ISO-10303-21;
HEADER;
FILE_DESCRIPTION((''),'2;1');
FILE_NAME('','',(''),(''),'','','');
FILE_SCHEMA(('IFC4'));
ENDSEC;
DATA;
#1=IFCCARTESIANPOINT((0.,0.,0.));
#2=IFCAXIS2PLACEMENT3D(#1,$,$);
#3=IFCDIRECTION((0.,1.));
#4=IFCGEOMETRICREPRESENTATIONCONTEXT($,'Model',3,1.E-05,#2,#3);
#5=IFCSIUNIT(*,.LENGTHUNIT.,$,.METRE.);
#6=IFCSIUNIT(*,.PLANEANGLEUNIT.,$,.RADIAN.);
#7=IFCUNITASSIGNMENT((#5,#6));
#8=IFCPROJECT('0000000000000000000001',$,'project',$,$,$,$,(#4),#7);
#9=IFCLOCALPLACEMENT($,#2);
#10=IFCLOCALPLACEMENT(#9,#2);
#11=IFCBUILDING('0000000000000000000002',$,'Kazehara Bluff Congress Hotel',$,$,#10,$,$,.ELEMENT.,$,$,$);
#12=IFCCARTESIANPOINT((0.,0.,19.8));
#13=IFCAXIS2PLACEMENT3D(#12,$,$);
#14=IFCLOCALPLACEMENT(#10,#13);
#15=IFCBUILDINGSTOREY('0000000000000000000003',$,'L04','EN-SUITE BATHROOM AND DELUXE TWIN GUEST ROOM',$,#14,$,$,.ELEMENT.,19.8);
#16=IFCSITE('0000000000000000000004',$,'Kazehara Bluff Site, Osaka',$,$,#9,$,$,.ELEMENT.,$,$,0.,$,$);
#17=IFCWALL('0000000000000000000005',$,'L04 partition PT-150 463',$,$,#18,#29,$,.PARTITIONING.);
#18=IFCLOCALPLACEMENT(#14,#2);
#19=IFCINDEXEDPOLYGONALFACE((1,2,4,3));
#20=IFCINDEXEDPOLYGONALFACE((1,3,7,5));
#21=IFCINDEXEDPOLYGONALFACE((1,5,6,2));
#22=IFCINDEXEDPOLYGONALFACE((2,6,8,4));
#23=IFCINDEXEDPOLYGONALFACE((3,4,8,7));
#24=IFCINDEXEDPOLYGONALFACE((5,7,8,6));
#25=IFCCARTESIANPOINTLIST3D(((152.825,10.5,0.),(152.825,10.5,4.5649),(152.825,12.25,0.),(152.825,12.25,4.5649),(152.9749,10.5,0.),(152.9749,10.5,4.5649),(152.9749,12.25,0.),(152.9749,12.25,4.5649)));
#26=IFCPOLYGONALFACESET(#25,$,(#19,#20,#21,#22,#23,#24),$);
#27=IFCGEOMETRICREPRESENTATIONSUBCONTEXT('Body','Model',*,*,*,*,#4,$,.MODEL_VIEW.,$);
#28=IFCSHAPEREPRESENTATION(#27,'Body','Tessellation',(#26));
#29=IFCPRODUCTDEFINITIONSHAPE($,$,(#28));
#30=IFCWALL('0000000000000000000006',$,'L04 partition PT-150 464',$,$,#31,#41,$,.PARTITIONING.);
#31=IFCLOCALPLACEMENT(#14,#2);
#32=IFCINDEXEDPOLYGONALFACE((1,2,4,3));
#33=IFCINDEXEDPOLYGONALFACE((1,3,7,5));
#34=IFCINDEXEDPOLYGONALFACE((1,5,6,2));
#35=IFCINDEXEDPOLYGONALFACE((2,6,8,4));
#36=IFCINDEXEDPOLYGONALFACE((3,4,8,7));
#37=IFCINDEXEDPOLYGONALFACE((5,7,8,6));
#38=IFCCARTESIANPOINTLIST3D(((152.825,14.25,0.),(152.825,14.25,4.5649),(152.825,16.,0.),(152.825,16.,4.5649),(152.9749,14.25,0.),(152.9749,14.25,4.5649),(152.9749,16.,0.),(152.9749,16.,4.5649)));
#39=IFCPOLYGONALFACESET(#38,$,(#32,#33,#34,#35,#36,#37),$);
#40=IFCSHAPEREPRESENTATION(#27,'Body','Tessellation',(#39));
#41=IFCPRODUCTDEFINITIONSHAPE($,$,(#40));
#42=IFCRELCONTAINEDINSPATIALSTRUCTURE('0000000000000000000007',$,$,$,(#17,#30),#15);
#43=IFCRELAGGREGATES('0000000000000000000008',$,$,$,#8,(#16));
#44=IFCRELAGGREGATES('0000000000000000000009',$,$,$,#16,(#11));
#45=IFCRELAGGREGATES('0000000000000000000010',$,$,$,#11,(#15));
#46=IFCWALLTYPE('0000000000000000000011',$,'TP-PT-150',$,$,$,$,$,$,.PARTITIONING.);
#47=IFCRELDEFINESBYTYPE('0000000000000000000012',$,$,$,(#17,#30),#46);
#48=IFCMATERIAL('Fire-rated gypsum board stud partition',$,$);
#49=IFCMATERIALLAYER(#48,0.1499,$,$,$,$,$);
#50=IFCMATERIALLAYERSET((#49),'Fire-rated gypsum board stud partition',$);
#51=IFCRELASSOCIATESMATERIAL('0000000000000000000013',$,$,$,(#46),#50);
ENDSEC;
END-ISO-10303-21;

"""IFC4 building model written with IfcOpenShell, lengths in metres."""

from ifc_helpers import new_model, si_unit, direction, frame, frame_2d, origin, place, context, subcontext, project, spatial, rectangle, extrude, material, layer, layer_set, type_object, element, save


model = new_model("IFC4")

# Units and contexts
model_context = context("Model", 3, precision=1e-05, world=origin(), true_north=direction((0.0, 1.0)))
body_context = subcontext(model_context, "Body", "Model", "MODEL_VIEW")
ifc_project = project(units=[si_unit("LENGTHUNIT", "METRE"), si_unit("PLANEANGLEUNIT", "RADIAN")], contexts=[model_context])

# Site, building, storey
site_placement = place(None, origin())
site = spatial("IfcSite", under=ifc_project, at=site_placement, Name="Kazehara Bluff Site, Osaka", CompositionType="ELEMENT", RefElevation=0.0)
building_placement = place(site_placement, origin())
building = spatial("IfcBuilding", under=site, at=building_placement, Name="Kazehara Bluff Congress Hotel", CompositionType="ELEMENT")
storey_placement = place(building_placement, frame((0.0, 0.0, 19.8)))
storey = spatial("IfcBuildingStorey", under=building, at=storey_placement, Name="L04", Description="EN-SUITE BATHROOM AND DELUXE TWIN GUEST ROOM", CompositionType="ELEMENT", Elevation=19.8)

# Shared definitions
ifc_material_1 = material(Name="Fire-rated gypsum board stud partition")
ifc_layer = layer(ifc_material_1, 0.1499)
ifc_layer_set = layer_set([ifc_layer], Name="Fire-rated gypsum board stud partition")
wall_type = type_object("IfcWallType", Name="TP-PT-150", PredefinedType="PARTITIONING", material=ifc_layer_set)

# Walls
for number, where, z_axis, x_axis, name in (
    (1, (152.8999, 10.5, 0.0), (0.0, 0.0, 1.0), (0.0, 1.0, 0.0), "L04 partition PT-150 463"),
    (2, (152.8999, 14.25, 0.0), (0.0, 0.0, 1.0), (0.0, 1.0, 0.0), "L04 partition PT-150 464"),
):
    element("IfcWall", number, at=place(storey_placement, frame(where, z_axis=z_axis, x_axis=x_axis)), inside=storey, type_object=wall_type, Name=name, PredefinedType="PARTITIONING", context=body_context, shape_type="SweptSolid", body=[
        extrude(rectangle(XDim=1.75, YDim=0.1499, at=frame_2d((0.875, 0.0))), origin(), (0.0, 0.0, 1.0), 4.5649),
    ])

save(model, "model.ifc")
